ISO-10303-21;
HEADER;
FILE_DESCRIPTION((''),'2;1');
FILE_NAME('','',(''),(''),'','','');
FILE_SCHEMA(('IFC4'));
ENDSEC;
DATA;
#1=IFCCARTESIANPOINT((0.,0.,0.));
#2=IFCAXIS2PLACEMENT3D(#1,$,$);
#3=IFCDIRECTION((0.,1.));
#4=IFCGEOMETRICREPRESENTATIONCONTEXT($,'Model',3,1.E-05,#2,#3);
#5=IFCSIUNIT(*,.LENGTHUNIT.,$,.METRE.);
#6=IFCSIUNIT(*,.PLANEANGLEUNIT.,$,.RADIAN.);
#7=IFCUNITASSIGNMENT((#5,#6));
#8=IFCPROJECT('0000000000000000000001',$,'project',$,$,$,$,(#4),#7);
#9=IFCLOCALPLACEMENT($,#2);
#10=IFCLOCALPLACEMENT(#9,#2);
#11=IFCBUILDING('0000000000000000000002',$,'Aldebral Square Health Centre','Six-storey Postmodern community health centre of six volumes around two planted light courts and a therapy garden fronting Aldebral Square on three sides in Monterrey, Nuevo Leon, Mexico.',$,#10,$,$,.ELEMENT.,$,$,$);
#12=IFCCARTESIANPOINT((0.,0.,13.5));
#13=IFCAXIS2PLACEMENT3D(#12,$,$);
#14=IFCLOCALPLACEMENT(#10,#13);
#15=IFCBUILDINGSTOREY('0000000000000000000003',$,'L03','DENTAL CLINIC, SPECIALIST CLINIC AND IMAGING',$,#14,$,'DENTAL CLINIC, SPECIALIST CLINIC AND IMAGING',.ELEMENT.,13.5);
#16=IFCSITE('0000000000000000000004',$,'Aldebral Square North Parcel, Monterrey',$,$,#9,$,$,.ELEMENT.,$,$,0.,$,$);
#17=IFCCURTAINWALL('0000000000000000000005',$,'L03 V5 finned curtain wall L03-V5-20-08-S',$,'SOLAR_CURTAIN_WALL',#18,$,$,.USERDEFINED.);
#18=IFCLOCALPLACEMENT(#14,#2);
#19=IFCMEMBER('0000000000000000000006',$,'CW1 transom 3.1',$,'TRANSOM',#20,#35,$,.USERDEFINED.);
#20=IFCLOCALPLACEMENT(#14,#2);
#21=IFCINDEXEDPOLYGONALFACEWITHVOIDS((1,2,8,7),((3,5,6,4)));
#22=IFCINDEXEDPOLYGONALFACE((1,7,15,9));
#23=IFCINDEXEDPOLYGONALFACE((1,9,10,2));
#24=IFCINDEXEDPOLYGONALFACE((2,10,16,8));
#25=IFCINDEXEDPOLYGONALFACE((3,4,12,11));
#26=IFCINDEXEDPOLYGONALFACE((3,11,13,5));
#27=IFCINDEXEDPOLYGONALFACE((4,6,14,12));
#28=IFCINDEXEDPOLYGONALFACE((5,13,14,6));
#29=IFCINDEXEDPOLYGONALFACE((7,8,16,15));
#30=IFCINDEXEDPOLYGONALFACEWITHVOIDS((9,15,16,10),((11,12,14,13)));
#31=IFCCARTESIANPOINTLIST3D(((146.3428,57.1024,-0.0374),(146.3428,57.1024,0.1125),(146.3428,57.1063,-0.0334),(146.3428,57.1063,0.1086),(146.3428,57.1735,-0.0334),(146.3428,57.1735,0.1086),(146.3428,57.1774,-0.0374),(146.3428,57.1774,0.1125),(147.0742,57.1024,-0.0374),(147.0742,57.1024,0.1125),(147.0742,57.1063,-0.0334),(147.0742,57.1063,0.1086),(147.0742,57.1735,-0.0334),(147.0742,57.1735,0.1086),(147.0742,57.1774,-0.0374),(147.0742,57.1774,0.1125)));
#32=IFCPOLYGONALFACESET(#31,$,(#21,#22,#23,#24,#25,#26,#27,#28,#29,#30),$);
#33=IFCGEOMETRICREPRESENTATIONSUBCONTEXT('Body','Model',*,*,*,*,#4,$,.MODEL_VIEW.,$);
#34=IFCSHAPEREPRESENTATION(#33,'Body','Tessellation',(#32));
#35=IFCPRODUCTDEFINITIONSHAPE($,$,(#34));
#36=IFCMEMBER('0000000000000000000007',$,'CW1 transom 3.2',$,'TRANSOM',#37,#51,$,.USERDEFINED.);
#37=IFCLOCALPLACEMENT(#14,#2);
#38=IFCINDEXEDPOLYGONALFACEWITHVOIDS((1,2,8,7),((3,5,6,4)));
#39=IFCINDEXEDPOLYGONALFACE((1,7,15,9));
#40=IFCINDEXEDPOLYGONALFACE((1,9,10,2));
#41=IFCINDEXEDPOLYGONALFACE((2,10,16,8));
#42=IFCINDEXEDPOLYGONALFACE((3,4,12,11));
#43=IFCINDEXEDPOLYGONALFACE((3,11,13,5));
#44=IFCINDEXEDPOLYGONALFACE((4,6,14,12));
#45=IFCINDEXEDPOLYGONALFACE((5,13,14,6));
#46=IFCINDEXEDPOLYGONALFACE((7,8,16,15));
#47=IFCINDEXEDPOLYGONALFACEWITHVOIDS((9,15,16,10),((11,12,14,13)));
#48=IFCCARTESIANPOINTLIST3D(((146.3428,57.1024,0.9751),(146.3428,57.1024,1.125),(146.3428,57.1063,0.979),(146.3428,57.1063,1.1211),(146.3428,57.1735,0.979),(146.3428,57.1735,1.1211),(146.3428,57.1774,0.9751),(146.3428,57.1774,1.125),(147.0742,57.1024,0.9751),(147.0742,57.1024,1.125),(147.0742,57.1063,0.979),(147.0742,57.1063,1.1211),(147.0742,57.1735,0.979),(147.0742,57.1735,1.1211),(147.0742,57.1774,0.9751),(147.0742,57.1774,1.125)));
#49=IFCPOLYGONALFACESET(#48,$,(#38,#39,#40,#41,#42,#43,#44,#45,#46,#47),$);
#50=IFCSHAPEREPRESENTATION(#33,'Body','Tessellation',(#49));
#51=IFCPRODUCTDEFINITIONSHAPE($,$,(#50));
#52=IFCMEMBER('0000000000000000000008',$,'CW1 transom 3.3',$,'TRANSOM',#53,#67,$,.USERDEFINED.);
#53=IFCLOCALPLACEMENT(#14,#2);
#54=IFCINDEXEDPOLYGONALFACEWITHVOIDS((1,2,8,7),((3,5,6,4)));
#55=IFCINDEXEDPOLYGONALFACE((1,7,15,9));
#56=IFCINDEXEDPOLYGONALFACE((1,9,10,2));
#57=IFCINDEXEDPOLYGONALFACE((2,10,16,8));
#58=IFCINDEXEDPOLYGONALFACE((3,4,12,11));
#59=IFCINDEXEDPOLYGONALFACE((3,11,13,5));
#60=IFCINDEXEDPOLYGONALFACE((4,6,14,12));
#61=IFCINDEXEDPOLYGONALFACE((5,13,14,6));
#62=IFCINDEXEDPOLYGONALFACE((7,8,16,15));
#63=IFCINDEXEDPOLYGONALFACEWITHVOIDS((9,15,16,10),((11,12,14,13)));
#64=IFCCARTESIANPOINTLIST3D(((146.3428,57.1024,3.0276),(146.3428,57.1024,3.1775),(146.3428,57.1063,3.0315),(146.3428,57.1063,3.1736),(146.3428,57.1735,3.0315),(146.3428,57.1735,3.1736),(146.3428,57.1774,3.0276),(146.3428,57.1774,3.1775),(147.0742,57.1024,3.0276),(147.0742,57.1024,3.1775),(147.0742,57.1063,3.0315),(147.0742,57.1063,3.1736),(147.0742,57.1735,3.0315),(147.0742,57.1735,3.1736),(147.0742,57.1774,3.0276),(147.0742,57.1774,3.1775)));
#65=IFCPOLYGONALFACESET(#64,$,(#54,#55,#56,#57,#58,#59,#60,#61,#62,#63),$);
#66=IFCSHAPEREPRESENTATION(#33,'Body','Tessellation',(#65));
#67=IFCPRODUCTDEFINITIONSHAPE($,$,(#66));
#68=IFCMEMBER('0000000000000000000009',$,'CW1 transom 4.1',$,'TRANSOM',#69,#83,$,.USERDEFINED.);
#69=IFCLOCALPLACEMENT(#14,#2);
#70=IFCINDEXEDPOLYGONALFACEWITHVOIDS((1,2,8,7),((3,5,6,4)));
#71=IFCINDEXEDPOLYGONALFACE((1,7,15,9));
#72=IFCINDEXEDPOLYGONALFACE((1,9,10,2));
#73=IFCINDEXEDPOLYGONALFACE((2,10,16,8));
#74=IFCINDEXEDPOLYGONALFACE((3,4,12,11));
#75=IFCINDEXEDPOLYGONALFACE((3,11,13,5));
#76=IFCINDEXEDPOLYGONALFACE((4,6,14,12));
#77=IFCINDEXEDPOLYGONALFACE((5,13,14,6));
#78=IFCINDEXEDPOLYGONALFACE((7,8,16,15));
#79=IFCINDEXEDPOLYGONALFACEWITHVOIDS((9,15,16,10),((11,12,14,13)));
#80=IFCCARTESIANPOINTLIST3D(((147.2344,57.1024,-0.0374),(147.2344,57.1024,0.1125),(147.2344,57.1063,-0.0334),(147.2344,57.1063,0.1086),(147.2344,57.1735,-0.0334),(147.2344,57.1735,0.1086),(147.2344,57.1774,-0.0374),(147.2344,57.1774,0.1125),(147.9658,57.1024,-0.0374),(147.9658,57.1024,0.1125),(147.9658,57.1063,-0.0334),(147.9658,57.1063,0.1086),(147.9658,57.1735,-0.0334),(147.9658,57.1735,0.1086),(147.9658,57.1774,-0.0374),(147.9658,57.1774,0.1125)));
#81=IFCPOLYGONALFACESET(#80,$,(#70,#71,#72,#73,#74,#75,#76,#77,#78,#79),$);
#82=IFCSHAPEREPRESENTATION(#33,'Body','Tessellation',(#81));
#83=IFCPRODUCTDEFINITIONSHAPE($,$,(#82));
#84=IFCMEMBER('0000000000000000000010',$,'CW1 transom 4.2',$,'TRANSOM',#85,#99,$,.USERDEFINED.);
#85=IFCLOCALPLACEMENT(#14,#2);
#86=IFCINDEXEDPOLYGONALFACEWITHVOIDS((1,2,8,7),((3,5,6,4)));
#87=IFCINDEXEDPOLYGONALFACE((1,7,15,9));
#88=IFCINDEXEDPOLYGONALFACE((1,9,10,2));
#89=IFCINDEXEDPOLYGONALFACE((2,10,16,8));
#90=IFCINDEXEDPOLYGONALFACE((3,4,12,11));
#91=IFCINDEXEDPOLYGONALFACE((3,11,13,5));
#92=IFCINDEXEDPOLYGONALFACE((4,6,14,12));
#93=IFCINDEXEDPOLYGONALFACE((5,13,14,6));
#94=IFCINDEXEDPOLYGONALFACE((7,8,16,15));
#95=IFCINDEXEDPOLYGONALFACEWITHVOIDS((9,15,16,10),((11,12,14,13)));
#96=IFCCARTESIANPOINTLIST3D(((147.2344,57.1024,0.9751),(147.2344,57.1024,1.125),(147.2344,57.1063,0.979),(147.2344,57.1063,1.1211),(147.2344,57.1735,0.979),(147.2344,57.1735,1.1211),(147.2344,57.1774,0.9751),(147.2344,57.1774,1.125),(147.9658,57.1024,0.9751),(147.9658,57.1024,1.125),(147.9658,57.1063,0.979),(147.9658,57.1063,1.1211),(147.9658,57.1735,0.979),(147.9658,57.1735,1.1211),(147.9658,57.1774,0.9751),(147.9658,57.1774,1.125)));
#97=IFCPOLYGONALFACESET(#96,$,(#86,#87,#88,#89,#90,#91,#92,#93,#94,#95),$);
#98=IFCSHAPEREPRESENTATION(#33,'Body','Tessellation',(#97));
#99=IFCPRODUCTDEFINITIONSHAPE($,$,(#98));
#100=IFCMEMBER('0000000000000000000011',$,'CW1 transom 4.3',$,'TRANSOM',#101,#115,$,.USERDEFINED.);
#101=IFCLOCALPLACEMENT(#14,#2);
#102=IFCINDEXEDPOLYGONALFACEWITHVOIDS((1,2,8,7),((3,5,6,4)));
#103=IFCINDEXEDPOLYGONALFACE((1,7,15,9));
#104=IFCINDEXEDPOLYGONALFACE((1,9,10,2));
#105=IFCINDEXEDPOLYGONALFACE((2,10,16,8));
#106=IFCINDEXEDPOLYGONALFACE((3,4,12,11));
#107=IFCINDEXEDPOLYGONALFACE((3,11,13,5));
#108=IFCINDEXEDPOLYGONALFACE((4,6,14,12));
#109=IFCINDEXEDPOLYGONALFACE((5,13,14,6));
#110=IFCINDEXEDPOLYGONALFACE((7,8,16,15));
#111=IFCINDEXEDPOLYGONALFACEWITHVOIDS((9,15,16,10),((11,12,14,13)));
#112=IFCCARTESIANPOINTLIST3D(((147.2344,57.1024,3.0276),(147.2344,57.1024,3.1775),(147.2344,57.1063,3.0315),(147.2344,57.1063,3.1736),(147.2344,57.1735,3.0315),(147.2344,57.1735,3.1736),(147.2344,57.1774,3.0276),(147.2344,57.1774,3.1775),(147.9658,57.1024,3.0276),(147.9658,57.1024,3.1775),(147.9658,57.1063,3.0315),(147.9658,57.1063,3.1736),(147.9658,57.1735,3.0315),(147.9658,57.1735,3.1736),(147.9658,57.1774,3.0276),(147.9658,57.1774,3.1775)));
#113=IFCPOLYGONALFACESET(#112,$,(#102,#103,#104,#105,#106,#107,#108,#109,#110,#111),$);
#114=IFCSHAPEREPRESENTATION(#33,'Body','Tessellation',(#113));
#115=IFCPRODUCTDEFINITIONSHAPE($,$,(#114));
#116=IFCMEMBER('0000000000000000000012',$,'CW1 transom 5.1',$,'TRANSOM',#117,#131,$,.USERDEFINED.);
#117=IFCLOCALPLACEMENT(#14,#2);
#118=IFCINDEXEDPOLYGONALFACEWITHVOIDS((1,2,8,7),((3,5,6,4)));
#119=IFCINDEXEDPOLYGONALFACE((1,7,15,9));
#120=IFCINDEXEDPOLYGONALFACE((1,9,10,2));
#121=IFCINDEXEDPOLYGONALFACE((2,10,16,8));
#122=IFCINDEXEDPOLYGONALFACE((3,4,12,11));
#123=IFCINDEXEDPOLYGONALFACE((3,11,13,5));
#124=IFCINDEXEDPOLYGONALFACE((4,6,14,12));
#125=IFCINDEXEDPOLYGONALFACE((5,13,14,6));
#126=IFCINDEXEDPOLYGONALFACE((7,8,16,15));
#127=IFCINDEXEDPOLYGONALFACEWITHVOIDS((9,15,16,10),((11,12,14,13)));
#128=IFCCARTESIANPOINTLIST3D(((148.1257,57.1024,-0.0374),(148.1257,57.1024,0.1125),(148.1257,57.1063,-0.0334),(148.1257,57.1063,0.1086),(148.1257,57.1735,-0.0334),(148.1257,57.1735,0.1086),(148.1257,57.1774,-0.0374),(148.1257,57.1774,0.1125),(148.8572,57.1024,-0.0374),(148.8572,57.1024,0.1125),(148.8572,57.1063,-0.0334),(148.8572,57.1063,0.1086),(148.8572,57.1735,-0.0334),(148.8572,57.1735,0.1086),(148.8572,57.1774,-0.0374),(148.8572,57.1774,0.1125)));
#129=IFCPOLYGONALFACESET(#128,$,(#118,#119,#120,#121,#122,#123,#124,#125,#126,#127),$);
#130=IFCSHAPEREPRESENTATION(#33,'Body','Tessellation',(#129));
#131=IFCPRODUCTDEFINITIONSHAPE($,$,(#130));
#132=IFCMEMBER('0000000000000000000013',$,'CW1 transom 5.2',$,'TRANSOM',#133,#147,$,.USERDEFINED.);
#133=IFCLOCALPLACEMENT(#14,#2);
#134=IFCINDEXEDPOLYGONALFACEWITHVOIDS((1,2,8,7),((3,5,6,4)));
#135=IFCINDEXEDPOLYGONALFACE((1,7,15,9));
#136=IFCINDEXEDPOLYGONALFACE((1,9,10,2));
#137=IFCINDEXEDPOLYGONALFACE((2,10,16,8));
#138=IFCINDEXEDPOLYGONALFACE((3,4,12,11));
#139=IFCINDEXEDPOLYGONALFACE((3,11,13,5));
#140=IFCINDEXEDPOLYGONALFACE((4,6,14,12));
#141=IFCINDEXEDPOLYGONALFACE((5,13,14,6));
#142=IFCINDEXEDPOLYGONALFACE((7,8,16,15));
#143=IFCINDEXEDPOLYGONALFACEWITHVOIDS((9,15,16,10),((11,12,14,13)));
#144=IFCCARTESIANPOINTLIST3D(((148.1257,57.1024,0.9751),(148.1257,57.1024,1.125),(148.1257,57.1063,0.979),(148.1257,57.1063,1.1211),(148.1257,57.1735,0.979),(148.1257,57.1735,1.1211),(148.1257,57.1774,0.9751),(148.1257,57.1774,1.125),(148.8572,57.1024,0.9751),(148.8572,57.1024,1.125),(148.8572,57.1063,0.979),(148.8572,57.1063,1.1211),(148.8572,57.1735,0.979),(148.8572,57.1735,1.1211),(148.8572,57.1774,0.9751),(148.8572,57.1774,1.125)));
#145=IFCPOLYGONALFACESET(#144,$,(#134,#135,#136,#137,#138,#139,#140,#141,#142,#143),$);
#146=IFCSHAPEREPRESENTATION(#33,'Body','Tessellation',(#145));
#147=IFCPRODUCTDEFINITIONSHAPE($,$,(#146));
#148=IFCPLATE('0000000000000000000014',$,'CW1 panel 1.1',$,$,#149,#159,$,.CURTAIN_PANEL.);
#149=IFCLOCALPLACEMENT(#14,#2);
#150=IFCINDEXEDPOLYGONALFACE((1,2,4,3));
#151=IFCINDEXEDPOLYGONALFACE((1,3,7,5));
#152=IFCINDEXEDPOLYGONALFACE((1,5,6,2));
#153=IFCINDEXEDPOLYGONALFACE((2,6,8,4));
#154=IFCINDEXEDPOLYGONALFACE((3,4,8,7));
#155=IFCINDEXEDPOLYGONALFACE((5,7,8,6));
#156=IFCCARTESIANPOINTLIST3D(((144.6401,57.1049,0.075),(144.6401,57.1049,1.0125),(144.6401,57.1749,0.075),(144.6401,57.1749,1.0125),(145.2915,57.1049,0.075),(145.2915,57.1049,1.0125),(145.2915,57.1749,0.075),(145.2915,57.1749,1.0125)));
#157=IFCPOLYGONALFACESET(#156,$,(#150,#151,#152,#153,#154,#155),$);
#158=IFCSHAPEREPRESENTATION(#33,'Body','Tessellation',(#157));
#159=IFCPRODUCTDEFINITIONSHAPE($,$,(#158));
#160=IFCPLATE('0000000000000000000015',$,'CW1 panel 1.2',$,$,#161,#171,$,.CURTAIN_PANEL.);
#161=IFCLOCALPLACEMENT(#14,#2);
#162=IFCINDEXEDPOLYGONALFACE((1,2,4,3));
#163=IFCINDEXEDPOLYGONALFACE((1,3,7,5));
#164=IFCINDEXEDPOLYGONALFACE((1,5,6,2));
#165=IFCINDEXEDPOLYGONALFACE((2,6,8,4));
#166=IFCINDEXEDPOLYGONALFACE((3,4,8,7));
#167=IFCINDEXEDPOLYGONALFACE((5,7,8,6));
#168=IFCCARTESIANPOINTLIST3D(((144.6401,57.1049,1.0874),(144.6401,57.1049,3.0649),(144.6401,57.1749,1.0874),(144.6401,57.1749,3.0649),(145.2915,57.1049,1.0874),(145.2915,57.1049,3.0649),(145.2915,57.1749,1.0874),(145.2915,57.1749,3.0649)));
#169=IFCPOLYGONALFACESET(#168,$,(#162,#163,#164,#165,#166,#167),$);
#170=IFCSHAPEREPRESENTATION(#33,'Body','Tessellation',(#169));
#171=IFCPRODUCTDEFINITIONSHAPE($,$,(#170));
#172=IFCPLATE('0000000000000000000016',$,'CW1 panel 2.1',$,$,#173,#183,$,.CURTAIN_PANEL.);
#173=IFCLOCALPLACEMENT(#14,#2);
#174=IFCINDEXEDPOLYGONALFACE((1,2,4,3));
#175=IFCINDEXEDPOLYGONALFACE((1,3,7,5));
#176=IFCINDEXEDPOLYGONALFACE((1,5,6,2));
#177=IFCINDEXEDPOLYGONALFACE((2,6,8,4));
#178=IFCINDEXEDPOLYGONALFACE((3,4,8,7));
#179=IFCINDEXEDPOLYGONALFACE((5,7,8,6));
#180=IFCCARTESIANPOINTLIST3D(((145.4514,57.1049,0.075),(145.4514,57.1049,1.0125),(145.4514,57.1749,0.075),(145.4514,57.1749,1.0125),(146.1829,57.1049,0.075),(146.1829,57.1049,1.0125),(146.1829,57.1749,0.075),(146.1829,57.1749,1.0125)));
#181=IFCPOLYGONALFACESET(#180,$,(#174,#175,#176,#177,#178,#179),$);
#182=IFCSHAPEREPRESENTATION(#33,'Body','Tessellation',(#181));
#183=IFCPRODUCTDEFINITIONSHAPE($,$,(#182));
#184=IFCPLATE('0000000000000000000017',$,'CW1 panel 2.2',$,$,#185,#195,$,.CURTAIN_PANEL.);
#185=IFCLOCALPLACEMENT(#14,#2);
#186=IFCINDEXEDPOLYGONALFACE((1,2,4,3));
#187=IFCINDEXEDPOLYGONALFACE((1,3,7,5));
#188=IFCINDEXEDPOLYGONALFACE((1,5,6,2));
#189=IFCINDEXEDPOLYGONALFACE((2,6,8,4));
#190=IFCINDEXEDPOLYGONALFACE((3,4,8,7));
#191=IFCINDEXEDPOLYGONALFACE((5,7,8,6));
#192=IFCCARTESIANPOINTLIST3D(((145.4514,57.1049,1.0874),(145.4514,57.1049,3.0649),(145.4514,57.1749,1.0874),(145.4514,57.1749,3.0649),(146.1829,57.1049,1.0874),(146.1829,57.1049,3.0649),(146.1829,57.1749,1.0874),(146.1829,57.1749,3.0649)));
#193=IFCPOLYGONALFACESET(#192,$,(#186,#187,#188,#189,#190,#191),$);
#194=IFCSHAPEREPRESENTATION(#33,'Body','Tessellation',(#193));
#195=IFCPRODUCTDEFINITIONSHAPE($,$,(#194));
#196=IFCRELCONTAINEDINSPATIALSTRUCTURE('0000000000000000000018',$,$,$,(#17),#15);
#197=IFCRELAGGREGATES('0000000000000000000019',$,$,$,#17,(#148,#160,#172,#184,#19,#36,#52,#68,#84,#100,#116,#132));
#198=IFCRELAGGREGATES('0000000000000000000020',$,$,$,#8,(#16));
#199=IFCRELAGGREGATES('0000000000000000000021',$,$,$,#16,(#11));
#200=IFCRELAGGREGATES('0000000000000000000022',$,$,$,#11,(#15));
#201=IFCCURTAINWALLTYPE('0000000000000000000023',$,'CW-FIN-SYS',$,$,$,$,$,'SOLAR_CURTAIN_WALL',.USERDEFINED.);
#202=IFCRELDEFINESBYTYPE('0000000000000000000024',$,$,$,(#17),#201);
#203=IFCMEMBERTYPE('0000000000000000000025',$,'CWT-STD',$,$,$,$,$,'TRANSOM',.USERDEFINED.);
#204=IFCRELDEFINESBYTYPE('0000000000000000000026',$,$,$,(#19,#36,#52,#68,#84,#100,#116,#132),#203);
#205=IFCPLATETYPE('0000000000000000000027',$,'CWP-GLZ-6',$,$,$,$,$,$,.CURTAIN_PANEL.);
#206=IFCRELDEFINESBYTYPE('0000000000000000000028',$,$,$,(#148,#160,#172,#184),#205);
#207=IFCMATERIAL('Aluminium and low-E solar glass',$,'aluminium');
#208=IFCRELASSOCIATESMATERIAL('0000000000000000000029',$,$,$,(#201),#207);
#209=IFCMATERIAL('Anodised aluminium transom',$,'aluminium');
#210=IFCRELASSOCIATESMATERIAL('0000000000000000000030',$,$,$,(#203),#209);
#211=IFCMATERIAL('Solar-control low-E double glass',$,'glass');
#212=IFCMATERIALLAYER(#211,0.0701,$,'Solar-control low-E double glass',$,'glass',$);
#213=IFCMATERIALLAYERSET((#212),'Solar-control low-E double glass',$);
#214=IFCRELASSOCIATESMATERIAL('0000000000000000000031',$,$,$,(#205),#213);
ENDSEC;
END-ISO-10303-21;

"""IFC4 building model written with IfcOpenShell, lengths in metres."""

from ifc_helpers import new_model, si_unit, direction, frame, origin, origin_2d, place, context, subcontext, project, spatial, rectangle, hollow_rectangle, extrude, material, layer, layer_set, material_profile, profile_set, type_object, element, aggregate, save


model = new_model("IFC4")

# Units and contexts
model_context = context("Model", 3, precision=1e-05, world=origin(), true_north=direction((0.0, 1.0)))
body_context = subcontext(model_context, "Body", "Model", "MODEL_VIEW")
ifc_project = project(units=[si_unit("LENGTHUNIT", "METRE"), si_unit("PLANEANGLEUNIT", "RADIAN")], contexts=[model_context])

# Site, building, storey
site_placement = place(None, origin())
site = spatial("IfcSite", under=ifc_project, at=site_placement, Name="Aldebral Square North Parcel, Monterrey", CompositionType="ELEMENT", RefElevation=0.0)
building_placement = place(site_placement, origin())
building = spatial("IfcBuilding", under=site, at=building_placement, Name="Aldebral Square Health Centre", Description="Six-storey Postmodern community health centre of six volumes around two planted light courts and a therapy garden fronting Aldebral Square on three sides in Monterrey, Nuevo Leon, Mexico.", CompositionType="ELEMENT")
storey_placement = place(building_placement, frame((0.0, 0.0, 13.5)))
storey = spatial("IfcBuildingStorey", under=building, at=storey_placement, Name="L03", Description="DENTAL CLINIC, SPECIALIST CLINIC AND IMAGING", LongName="DENTAL CLINIC, SPECIALIST CLINIC AND IMAGING", CompositionType="ELEMENT", Elevation=13.5)

# Curtain wall, members, plates
ifc_material_1 = material(Name="Aluminium and low-E solar glass", Category="aluminium")
curtain_wall_type = type_object("IfcCurtainWallType", Name="CW-FIN-SYS", ElementType="SOLAR_CURTAIN_WALL", PredefinedType="USERDEFINED", material=ifc_material_1)
curtain_wall_placement = place(storey_placement, origin())
curtain_wall = element("IfcCurtainWall", 1, at=curtain_wall_placement, inside=storey, type_object=curtain_wall_type, Name="L03 V5 finned curtain wall L03-V5-20-08-S", ObjectType="SOLAR_CURTAIN_WALL", PredefinedType="USERDEFINED")
ifc_material_2 = material(Name="Anodised aluminium transom", Category="aluminium")
ifc_material_profile_1 = material_profile(ifc_material_2, hollow_rectangle(XDim=0.075, YDim=0.1499, WallThickness=0.0039, at=origin_2d()), Name="CWT 75x150x4")
ifc_profile_set_1 = profile_set([ifc_material_profile_1], Name="Anodised aluminium transom")
member_type_1 = type_object("IfcMemberType", Name="CWT-STD", ElementType="TRANSOM", PredefinedType="USERDEFINED", material=ifc_profile_set_1)
member_1_placement = place(storey_placement, frame((146.3428, 57.1399, 0.0376), z_axis=(1.0, 0.0, 0.0), x_axis=(0.0, 1.0, 0.0)))
member_1 = element("IfcMember", 2, at=member_1_placement, type_object=member_type_1, Name="CW1 transom 3.1", ObjectType="TRANSOM", PredefinedType="USERDEFINED", context=body_context, shape_type="SweptSolid", body=[
    extrude(hollow_rectangle(XDim=0.075, YDim=0.1499, WallThickness=0.0039, at=origin_2d()), origin(), (0.0, 0.0, 1.0), 0.7314),
])
member_2_placement = place(storey_placement, frame((146.3428, 57.1399, 1.05), z_axis=(1.0, 0.0, 0.0), x_axis=(0.0, 1.0, 0.0)))
member_2 = element("IfcMember", 3, at=member_2_placement, type_object=member_type_1, Name="CW1 transom 3.2", ObjectType="TRANSOM", PredefinedType="USERDEFINED", context=body_context, shape_type="SweptSolid", body=[
    extrude(hollow_rectangle(XDim=0.075, YDim=0.1499, WallThickness=0.0039, at=origin_2d()), origin(), (0.0, 0.0, 1.0), 0.7314),
])
member_3_placement = place(storey_placement, frame((146.3428, 57.1399, 3.1025), z_axis=(1.0, 0.0, 0.0), x_axis=(0.0, 1.0, 0.0)))
member_3 = element("IfcMember", 4, at=member_3_placement, type_object=member_type_1, Name="CW1 transom 3.3", ObjectType="TRANSOM", PredefinedType="USERDEFINED", context=body_context, shape_type="SweptSolid", body=[
    extrude(hollow_rectangle(XDim=0.075, YDim=0.1499, WallThickness=0.0039, at=origin_2d()), origin(), (0.0, 0.0, 1.0), 0.7314),
])
member_4_placement = place(storey_placement, frame((147.2344, 57.1399, 0.0376), z_axis=(1.0, 0.0, 0.0), x_axis=(0.0, 1.0, 0.0)))
member_4 = element("IfcMember", 5, at=member_4_placement, type_object=member_type_1, Name="CW1 transom 4.1", ObjectType="TRANSOM", PredefinedType="USERDEFINED", context=body_context, shape_type="SweptSolid", body=[
    extrude(hollow_rectangle(XDim=0.075, YDim=0.1499, WallThickness=0.0039, at=origin_2d()), origin(), (0.0, 0.0, 1.0), 0.7314),
])
member_5_placement = place(storey_placement, frame((147.2344, 57.1399, 1.05), z_axis=(1.0, 0.0, 0.0), x_axis=(0.0, 1.0, 0.0)))
member_5 = element("IfcMember", 6, at=member_5_placement, type_object=member_type_1, Name="CW1 transom 4.2", ObjectType="TRANSOM", PredefinedType="USERDEFINED", context=body_context, shape_type="SweptSolid", body=[
    extrude(hollow_rectangle(XDim=0.075, YDim=0.1499, WallThickness=0.0039, at=origin_2d()), origin(), (0.0, 0.0, 1.0), 0.7314),
])
member_6_placement = place(storey_placement, frame((147.2344, 57.1399, 3.1025), z_axis=(1.0, 0.0, 0.0), x_axis=(0.0, 1.0, 0.0)))
member_6 = element("IfcMember", 7, at=member_6_placement, type_object=member_type_1, Name="CW1 transom 4.3", ObjectType="TRANSOM", PredefinedType="USERDEFINED", context=body_context, shape_type="SweptSolid", body=[
    extrude(hollow_rectangle(XDim=0.075, YDim=0.1499, WallThickness=0.0039, at=origin_2d()), origin(), (0.0, 0.0, 1.0), 0.7314),
])
member_7_placement = place(storey_placement, frame((148.1257, 57.1399, 0.0376), z_axis=(1.0, 0.0, 0.0), x_axis=(0.0, 1.0, 0.0)))
member_7 = element("IfcMember", 8, at=member_7_placement, type_object=member_type_1, Name="CW1 transom 5.1", ObjectType="TRANSOM", PredefinedType="USERDEFINED", context=body_context, shape_type="SweptSolid", body=[
    extrude(hollow_rectangle(XDim=0.075, YDim=0.1499, WallThickness=0.0039, at=origin_2d()), origin(), (0.0, 0.0, 1.0), 0.7314),
])
member_8_placement = place(storey_placement, frame((148.1257, 57.1399, 1.05), z_axis=(1.0, 0.0, 0.0), x_axis=(0.0, 1.0, 0.0)))
member_8 = element("IfcMember", 9, at=member_8_placement, type_object=member_type_1, Name="CW1 transom 5.2", ObjectType="TRANSOM", PredefinedType="USERDEFINED", context=body_context, shape_type="SweptSolid", body=[
    extrude(hollow_rectangle(XDim=0.075, YDim=0.1499, WallThickness=0.0039, at=origin_2d()), origin(), (0.0, 0.0, 1.0), 0.7314),
])
ifc_material_3 = material(Name="Solar-control low-E double glass", Category="glass")
ifc_layer = layer(ifc_material_3, 0.0701, Name="Solar-control low-E double glass", Category="glass")
ifc_layer_set = layer_set([ifc_layer], Name="Solar-control low-E double glass")
plate_type = type_object("IfcPlateType", Name="CWP-GLZ-6", PredefinedType="CURTAIN_PANEL", material=ifc_layer_set)
plate_1_placement = place(storey_placement, frame((144.9658, 57.1399, 0.075), z_axis=(0.0, 0.0, 1.0), x_axis=(1.0, 0.0, 0.0)))
plate_1 = element("IfcPlate", 10, at=plate_1_placement, type_object=plate_type, Name="CW1 panel 1.1", PredefinedType="CURTAIN_PANEL", context=body_context, shape_type="SweptSolid", body=[
    extrude(rectangle(XDim=0.6514, YDim=0.0701, at=origin_2d()), origin(), (0.0, 0.0, 1.0), 0.9375),
])
plate_2_placement = place(storey_placement, frame((144.9658, 57.1399, 1.0874), z_axis=(0.0, 0.0, 1.0), x_axis=(1.0, 0.0, 0.0)))
plate_2 = element("IfcPlate", 11, at=plate_2_placement, type_object=plate_type, Name="CW1 panel 1.2", PredefinedType="CURTAIN_PANEL", context=body_context, shape_type="SweptSolid", body=[
    extrude(rectangle(XDim=0.6514, YDim=0.0701, at=origin_2d()), origin(), (0.0, 0.0, 1.0), 1.9775),
])
plate_3_placement = place(storey_placement, frame((145.8171, 57.1399, 0.075), z_axis=(0.0, 0.0, 1.0), x_axis=(1.0, 0.0, 0.0)))
plate_3 = element("IfcPlate", 12, at=plate_3_placement, type_object=plate_type, Name="CW1 panel 2.1", PredefinedType="CURTAIN_PANEL", context=body_context, shape_type="SweptSolid", body=[
    extrude(rectangle(XDim=0.7314, YDim=0.0701, at=origin_2d()), origin(), (0.0, 0.0, 1.0), 0.9375),
])
plate_4_placement = place(storey_placement, frame((145.8171, 57.1399, 1.0874), z_axis=(0.0, 0.0, 1.0), x_axis=(1.0, 0.0, 0.0)))
plate_4 = element("IfcPlate", 13, at=plate_4_placement, type_object=plate_type, Name="CW1 panel 2.2", PredefinedType="CURTAIN_PANEL", context=body_context, shape_type="SweptSolid", body=[
    extrude(rectangle(XDim=0.7314, YDim=0.0701, at=origin_2d()), origin(), (0.0, 0.0, 1.0), 1.9775),
])
aggregate(curtain_wall, [plate_1, plate_2, plate_3, plate_4, member_1, member_2, member_3, member_4, member_5, member_6, member_7, member_8])

save(model, "model.ifc")
